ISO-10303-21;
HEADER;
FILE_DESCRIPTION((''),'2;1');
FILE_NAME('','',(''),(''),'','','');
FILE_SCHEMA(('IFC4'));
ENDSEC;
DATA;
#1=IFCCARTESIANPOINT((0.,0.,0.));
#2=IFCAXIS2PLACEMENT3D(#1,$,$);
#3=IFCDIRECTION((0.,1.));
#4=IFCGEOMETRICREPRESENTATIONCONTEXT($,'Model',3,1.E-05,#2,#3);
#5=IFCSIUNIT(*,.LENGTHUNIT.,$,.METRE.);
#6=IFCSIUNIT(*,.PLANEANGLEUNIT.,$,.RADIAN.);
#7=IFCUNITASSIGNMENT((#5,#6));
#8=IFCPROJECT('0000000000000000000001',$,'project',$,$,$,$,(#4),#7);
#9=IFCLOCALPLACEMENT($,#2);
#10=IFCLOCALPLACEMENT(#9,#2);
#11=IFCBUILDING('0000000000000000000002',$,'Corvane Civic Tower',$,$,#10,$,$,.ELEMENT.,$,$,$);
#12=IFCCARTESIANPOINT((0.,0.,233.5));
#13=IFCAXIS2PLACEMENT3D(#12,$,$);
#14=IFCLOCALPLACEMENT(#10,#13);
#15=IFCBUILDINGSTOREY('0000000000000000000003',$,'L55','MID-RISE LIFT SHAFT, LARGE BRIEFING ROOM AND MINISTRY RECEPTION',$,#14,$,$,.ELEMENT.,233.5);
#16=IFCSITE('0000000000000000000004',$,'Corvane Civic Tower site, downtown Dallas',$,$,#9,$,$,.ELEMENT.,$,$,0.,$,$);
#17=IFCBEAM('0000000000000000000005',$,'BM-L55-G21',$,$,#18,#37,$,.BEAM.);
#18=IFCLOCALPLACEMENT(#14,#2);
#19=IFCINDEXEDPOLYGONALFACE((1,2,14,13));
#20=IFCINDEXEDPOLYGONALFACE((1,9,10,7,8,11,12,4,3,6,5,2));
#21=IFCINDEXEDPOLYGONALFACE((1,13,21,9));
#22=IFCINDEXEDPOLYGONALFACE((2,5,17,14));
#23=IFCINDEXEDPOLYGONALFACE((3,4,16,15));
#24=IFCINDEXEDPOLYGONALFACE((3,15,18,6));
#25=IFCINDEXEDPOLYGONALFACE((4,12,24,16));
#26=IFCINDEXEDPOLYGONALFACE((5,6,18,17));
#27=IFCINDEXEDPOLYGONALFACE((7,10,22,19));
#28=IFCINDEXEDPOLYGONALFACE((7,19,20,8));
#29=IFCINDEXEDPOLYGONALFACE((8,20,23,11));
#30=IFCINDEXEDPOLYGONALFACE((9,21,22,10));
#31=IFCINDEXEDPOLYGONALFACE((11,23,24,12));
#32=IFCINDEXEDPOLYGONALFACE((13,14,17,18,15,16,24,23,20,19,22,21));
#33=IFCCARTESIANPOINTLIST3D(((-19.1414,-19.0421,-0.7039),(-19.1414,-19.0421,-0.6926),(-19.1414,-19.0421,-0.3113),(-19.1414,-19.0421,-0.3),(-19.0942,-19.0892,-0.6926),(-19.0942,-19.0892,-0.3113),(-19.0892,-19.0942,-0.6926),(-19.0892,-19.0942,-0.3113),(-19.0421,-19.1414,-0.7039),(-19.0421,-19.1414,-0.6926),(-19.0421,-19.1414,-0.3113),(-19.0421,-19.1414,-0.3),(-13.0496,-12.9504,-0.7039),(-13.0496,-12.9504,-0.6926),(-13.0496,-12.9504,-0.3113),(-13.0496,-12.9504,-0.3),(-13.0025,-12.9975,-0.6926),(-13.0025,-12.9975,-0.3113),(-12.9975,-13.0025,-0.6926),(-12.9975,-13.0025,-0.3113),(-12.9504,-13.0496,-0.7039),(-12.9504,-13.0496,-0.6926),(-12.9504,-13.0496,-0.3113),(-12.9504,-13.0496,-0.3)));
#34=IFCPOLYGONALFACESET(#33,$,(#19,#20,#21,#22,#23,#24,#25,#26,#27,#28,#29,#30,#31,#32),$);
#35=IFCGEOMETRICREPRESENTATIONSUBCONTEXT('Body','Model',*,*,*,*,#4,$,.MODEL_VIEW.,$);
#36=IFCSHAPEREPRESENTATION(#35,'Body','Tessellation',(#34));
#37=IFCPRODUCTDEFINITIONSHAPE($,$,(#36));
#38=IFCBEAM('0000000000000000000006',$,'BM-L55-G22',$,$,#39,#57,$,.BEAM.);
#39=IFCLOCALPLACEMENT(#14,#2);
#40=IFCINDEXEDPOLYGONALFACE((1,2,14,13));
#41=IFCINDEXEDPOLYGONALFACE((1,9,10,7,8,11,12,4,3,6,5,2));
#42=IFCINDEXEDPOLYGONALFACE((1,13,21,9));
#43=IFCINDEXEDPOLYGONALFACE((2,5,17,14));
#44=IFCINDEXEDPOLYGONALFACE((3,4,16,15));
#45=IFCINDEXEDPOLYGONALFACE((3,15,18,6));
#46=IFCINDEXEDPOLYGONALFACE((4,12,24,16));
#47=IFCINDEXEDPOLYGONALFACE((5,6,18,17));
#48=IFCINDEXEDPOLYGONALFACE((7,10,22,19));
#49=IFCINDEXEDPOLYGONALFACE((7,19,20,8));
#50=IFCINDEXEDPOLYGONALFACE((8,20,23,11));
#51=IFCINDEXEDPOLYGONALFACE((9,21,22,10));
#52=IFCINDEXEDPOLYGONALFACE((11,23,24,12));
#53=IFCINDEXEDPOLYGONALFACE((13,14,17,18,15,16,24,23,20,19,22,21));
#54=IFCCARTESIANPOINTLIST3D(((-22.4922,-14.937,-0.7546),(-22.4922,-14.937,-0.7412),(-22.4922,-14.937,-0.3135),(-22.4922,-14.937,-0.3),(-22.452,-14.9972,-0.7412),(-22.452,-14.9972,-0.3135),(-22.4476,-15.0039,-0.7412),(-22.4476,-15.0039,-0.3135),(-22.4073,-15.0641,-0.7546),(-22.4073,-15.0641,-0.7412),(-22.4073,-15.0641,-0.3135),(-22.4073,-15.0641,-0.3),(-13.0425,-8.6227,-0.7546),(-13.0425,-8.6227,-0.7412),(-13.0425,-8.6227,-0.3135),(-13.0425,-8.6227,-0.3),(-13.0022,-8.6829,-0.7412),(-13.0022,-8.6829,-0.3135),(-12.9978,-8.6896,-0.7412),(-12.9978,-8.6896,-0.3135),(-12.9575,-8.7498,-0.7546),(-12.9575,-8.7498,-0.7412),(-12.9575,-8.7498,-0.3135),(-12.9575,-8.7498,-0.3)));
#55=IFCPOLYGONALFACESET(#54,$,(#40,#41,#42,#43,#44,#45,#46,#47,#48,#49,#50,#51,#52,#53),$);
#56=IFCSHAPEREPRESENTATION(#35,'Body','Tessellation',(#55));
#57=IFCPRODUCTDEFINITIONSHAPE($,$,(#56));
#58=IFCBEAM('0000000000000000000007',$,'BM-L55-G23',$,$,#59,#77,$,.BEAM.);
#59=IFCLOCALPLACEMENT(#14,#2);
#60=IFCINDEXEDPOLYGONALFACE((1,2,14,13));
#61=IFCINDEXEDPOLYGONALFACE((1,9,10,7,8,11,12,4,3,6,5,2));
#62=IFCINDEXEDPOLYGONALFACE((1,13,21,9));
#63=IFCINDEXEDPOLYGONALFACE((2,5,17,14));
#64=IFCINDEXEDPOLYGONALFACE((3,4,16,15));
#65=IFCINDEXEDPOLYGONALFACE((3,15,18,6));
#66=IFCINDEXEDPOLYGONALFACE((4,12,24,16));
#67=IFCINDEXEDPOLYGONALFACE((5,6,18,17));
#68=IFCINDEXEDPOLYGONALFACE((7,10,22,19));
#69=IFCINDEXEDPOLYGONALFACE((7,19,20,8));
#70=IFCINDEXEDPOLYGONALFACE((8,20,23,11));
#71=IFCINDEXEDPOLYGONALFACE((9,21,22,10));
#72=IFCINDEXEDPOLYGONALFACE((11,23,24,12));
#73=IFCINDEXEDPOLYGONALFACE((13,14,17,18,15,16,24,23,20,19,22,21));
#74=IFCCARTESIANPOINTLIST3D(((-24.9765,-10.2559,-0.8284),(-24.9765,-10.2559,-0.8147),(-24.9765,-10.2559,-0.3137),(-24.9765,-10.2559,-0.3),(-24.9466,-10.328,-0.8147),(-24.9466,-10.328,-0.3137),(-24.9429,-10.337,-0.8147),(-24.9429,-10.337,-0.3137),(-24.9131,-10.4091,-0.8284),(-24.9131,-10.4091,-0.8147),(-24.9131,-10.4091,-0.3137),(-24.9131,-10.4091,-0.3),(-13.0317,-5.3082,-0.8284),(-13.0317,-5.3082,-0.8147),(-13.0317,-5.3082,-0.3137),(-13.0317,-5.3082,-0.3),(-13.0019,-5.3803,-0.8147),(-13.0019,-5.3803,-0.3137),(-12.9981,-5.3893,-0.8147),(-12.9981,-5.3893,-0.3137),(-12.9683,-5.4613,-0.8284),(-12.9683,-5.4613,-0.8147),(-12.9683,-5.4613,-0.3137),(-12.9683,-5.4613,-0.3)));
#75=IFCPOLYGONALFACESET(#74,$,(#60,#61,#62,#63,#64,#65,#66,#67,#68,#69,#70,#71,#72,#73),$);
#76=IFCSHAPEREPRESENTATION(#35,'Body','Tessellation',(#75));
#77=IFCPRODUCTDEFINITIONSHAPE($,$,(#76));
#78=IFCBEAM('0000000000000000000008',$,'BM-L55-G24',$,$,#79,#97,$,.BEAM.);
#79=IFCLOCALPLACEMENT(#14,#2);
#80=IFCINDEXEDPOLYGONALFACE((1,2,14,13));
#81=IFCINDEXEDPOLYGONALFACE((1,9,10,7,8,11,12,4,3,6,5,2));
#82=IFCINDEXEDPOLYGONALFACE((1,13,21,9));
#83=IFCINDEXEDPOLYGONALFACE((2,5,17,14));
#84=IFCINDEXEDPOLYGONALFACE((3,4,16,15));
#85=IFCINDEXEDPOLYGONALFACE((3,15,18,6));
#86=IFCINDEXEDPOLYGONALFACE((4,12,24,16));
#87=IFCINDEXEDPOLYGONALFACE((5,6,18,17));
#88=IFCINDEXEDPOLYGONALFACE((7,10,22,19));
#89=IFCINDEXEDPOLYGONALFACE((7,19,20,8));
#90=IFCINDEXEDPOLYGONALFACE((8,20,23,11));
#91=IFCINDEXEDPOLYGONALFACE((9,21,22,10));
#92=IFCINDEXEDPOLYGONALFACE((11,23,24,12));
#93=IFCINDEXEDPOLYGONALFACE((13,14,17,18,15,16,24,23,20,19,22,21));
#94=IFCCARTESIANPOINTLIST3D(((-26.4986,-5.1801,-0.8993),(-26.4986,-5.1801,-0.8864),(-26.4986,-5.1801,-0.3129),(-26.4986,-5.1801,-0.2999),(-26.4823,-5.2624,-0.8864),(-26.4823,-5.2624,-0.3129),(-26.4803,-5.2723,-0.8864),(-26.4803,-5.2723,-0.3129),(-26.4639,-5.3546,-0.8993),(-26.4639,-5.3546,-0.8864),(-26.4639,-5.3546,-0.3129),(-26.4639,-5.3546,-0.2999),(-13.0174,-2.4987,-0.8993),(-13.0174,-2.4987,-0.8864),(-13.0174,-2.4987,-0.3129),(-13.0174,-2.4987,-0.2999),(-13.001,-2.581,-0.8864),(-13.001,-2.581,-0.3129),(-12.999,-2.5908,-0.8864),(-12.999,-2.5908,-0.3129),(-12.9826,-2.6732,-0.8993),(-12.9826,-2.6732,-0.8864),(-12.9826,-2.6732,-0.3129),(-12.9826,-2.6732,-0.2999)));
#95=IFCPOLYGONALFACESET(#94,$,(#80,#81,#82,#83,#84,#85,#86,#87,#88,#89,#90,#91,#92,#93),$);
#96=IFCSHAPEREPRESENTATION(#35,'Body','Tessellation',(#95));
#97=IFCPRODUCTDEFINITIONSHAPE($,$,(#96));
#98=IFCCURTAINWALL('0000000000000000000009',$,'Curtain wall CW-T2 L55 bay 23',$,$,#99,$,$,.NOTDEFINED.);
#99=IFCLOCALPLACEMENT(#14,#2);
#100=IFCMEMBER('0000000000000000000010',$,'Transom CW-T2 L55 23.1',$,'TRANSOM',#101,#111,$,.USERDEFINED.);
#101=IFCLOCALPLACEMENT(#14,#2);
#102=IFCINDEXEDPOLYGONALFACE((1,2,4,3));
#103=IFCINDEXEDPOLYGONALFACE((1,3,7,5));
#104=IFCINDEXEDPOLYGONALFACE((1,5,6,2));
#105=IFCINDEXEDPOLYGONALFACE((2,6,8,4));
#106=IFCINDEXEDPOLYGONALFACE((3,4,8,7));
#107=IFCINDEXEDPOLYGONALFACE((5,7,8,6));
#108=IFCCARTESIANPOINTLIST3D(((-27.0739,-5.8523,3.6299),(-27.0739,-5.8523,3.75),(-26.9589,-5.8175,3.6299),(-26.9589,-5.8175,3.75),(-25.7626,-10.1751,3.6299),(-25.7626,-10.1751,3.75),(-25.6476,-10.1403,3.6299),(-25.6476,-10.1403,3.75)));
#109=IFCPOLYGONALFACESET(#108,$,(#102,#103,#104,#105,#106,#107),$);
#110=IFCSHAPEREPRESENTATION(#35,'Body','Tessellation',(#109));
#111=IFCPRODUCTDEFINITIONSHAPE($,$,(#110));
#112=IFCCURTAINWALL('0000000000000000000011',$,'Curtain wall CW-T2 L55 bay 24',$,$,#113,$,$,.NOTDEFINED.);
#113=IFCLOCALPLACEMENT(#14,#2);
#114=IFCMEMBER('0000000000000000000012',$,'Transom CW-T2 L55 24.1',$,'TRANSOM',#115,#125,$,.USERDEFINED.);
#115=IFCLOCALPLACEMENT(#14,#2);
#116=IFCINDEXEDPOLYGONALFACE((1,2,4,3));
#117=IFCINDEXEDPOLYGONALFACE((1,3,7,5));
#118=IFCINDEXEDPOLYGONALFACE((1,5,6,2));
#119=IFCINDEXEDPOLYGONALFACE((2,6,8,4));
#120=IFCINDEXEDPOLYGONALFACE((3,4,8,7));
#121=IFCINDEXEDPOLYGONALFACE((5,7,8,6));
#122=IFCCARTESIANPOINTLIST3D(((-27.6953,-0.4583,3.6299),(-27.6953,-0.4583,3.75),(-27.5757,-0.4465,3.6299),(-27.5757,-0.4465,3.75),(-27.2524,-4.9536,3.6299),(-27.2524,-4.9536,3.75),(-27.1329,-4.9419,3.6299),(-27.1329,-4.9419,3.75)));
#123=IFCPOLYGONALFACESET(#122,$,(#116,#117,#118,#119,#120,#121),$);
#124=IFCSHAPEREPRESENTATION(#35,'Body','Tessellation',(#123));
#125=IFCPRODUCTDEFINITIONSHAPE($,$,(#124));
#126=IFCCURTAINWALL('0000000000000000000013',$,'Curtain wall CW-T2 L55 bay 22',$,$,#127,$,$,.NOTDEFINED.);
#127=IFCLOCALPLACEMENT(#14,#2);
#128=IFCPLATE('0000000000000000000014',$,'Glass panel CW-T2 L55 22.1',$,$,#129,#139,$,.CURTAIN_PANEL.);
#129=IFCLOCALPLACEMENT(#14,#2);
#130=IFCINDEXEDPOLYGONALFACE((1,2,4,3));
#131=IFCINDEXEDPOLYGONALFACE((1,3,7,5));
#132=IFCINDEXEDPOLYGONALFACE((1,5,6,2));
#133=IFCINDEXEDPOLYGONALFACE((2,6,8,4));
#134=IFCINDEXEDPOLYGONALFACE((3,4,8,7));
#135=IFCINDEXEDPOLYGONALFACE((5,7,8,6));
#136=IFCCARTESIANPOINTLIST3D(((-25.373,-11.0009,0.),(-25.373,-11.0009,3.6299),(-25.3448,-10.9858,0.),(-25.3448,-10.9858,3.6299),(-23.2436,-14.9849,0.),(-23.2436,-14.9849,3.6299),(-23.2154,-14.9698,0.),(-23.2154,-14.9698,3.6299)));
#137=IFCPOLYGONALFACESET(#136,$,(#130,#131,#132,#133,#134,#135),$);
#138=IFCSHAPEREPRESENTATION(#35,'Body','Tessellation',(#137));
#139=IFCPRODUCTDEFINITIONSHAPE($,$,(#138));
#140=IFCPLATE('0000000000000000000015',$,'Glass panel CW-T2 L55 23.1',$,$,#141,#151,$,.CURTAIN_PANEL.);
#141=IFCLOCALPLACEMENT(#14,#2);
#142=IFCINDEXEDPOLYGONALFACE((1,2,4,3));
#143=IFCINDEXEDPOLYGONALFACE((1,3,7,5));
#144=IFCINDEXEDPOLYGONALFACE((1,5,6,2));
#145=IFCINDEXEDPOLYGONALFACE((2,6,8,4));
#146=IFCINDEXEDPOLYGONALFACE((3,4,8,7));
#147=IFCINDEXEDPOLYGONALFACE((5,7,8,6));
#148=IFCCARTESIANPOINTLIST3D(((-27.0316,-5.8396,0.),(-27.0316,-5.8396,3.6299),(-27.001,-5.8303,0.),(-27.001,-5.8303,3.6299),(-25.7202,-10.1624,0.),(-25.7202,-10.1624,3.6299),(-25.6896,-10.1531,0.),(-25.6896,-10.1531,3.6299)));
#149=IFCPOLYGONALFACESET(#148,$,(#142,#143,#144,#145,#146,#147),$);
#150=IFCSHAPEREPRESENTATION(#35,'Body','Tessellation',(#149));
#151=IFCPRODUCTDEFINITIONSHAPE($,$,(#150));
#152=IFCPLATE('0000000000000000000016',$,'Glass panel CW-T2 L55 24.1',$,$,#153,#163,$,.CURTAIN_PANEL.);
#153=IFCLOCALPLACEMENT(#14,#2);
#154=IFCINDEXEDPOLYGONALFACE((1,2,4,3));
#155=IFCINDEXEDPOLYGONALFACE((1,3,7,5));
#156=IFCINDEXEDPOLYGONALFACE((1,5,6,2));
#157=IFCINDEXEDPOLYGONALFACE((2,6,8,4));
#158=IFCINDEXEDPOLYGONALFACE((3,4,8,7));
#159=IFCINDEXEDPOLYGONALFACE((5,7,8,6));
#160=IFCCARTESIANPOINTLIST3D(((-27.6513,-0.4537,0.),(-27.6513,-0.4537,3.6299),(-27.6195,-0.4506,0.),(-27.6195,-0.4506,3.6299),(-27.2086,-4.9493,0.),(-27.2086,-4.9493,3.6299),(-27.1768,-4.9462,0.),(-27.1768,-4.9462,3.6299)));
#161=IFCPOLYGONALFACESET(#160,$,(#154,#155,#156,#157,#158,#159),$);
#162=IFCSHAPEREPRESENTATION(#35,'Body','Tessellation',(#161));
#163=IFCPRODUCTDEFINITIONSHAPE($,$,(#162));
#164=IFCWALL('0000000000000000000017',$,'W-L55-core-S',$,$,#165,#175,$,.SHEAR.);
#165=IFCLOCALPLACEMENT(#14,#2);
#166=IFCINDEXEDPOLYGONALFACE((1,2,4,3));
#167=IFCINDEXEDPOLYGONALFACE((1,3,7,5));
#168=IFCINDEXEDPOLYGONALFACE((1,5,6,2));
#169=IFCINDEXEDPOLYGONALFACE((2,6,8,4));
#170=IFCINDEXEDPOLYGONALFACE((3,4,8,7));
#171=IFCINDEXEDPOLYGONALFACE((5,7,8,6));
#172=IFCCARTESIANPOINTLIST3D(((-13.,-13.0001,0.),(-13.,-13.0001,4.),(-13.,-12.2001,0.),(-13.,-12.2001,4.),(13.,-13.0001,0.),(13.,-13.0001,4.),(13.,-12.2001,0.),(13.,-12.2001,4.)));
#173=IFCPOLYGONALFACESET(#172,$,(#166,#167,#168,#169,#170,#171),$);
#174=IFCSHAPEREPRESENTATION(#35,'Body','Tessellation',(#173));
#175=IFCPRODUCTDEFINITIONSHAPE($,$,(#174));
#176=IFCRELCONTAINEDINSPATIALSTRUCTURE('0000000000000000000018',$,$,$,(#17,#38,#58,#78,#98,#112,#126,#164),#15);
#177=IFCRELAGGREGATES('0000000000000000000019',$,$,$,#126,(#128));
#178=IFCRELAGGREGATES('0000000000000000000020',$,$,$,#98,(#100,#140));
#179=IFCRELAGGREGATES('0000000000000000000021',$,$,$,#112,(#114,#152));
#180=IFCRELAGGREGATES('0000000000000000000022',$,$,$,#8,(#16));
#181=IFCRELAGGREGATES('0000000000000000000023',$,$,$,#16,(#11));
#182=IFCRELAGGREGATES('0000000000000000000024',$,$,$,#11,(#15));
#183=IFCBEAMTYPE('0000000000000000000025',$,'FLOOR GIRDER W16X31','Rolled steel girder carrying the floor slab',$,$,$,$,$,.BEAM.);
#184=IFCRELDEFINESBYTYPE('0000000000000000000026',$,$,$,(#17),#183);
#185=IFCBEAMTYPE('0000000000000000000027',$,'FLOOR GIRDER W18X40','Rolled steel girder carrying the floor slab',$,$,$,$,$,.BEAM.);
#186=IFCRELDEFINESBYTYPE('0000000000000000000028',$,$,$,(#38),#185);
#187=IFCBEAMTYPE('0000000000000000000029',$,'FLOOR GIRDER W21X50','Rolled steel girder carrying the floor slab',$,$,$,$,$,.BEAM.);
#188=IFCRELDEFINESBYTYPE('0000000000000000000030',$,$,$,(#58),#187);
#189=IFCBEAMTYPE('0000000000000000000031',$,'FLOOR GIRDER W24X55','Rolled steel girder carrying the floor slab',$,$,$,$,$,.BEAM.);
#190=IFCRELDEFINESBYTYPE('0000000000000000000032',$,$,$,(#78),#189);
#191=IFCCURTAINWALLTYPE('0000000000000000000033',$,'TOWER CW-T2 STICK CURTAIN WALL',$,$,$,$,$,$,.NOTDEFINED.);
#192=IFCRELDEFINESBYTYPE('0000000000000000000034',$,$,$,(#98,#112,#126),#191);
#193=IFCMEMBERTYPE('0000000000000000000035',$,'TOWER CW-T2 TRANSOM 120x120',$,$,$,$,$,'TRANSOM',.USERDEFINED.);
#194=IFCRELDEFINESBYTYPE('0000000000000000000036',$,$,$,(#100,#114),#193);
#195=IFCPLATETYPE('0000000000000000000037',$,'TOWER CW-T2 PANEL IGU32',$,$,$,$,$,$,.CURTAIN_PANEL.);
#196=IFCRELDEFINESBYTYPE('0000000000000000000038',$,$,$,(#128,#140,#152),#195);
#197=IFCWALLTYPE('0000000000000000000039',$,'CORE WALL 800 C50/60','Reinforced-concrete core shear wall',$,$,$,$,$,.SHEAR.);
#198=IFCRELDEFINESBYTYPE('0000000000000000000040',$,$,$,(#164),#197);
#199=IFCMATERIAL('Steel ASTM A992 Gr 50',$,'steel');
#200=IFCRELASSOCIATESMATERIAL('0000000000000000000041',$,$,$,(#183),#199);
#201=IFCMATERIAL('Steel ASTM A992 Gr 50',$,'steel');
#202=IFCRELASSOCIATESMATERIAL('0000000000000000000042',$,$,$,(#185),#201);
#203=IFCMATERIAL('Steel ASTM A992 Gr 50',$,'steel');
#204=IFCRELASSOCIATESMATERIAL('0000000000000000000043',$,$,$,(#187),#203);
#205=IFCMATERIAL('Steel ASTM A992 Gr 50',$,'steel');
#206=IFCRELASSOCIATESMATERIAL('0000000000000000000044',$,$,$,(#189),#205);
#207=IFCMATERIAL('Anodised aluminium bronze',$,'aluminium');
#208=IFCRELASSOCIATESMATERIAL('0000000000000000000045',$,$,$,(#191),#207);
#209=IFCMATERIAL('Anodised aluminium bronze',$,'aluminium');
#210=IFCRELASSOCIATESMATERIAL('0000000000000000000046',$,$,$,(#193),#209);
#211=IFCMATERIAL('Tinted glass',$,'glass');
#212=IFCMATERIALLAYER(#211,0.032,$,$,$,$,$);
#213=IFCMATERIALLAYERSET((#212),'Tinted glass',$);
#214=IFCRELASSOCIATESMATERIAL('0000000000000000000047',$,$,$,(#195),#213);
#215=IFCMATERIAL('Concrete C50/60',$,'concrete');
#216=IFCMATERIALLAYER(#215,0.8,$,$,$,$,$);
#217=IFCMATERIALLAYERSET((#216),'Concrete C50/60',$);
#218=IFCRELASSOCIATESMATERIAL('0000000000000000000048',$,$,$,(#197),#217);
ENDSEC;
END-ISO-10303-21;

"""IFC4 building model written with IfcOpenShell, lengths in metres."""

from ifc_helpers import new_model, si_unit, direction, frame, frame_2d, origin, origin_2d, place, context, subcontext, project, spatial, rectangle, i_section, extrude, material, layer, layer_set, material_profile, profile_set, type_object, element, aggregate, save


model = new_model("IFC4")

# Units and contexts
model_context = context("Model", 3, precision=1e-05, world=origin(), true_north=direction((0.0, 1.0)))
body_context = subcontext(model_context, "Body", "Model", "MODEL_VIEW")
ifc_project = project(units=[si_unit("LENGTHUNIT", "METRE"), si_unit("PLANEANGLEUNIT", "RADIAN")], contexts=[model_context])

# Site, building, storey
site_placement = place(None, origin())
site = spatial("IfcSite", under=ifc_project, at=site_placement, Name="Corvane Civic Tower site, downtown Dallas", CompositionType="ELEMENT", RefElevation=0.0)
building_placement = place(site_placement, origin())
building = spatial("IfcBuilding", under=site, at=building_placement, Name="Corvane Civic Tower", CompositionType="ELEMENT")
storey_placement = place(building_placement, frame((0.0, 0.0, 233.5)))
storey = spatial("IfcBuildingStorey", under=building, at=storey_placement, Name="L55", Description="MID-RISE LIFT SHAFT, LARGE BRIEFING ROOM AND MINISTRY RECEPTION", CompositionType="ELEMENT", Elevation=233.5)

# Beams
ifc_material_1 = material(Name="Steel ASTM A992 Gr 50", Category="steel")
ifc_material_profile_1 = material_profile(ifc_material_1, i_section(OverallWidth=0.1404, OverallDepth=0.4038, WebThickness=0.0071, FlangeThickness=0.0112, at=origin_2d()), Name="W16X31")
ifc_profile_set_1 = profile_set([ifc_material_profile_1], Name="Steel ASTM A992 Gr 50")
beam_type_1 = type_object("IfcBeamType", Name="FLOOR GIRDER W16X31", Description="Rolled steel girder carrying the floor slab", PredefinedType="BEAM", material=ifc_profile_set_1)
beam_1_placement = place(storey_placement, frame((-13.0, -13.0, -0.502), z_axis=(-0.707107, -0.707107, 0.0), x_axis=(0.707107, -0.707107, 0.0)))
element("IfcBeam", 1, at=beam_1_placement, inside=storey, type_object=beam_type_1, Name="BM-L55-G21", PredefinedType="BEAM", context=body_context, shape_type="SweptSolid", body=[
    extrude(i_section(OverallWidth=0.1404, OverallDepth=0.4038, WebThickness=0.0071, FlangeThickness=0.0112, at=origin_2d()), origin(), (0.0, 0.0, 1.0), 8.615),
])
ifc_material_2 = material(Name="Steel ASTM A992 Gr 50", Category="steel")
ifc_material_profile_2 = material_profile(ifc_material_2, i_section(OverallWidth=0.1528, OverallDepth=0.4546, WebThickness=0.0081, FlangeThickness=0.0134, at=origin_2d()), Name="W18X40")
ifc_profile_set_2 = profile_set([ifc_material_profile_2], Name="Steel ASTM A992 Gr 50")
beam_type_2 = type_object("IfcBeamType", Name="FLOOR GIRDER W18X40", Description="Rolled steel girder carrying the floor slab", PredefinedType="BEAM", material=ifc_profile_set_2)
beam_2_placement = place(storey_placement, frame((-13.0, -8.6863, -0.5273), z_axis=(-0.831465, -0.555577, 0.0), x_axis=(0.555577, -0.831465, 0.0)))
element("IfcBeam", 2, at=beam_2_placement, inside=storey, type_object=beam_type_2, Name="BM-L55-G22", PredefinedType="BEAM", context=body_context, shape_type="SweptSolid", body=[
    extrude(i_section(OverallWidth=0.1528, OverallDepth=0.4546, WebThickness=0.0081, FlangeThickness=0.0134, at=origin_2d()), origin(), (0.0, 0.0, 1.0), 11.3652),
])
ifc_material_3 = material(Name="Steel ASTM A992 Gr 50", Category="steel")
ifc_material_profile_3 = material_profile(ifc_material_3, i_section(OverallWidth=0.1658, OverallDepth=0.5283, WebThickness=0.0098, FlangeThickness=0.0137, at=origin_2d()), Name="W21X50")
ifc_profile_set_3 = profile_set([ifc_material_profile_3], Name="Steel ASTM A992 Gr 50")
beam_type_3 = type_object("IfcBeamType", Name="FLOOR GIRDER W21X50", Description="Rolled steel girder carrying the floor slab", PredefinedType="BEAM", material=ifc_profile_set_3)
beam_3_placement = place(storey_placement, frame((-13.0, -5.3848, -0.5642), z_axis=(-0.923878, -0.382686, 0.0), x_axis=(0.382686, -0.923878, 0.0)))
element("IfcBeam", 3, at=beam_3_placement, inside=storey, type_object=beam_type_3, Name="BM-L55-G23", PredefinedType="BEAM", context=body_context, shape_type="SweptSolid", body=[
    extrude(i_section(OverallWidth=0.1658, OverallDepth=0.5283, WebThickness=0.0098, FlangeThickness=0.0137, at=origin_2d()), origin(), (0.0, 0.0, 1.0), 12.929),
])
ifc_material_4 = material(Name="Steel ASTM A992 Gr 50", Category="steel")
ifc_material_profile_4 = material_profile(ifc_material_4, i_section(OverallWidth=0.178, OverallDepth=0.5994, WebThickness=0.01, FlangeThickness=0.0129, at=origin_2d()), Name="W24X55")
ifc_profile_set_4 = profile_set([ifc_material_profile_4], Name="Steel ASTM A992 Gr 50")
beam_type_4 = type_object("IfcBeamType", Name="FLOOR GIRDER W24X55", Description="Rolled steel girder carrying the floor slab", PredefinedType="BEAM", material=ifc_profile_set_4)
beam_4_placement = place(storey_placement, frame((-13.0, -2.5859, -0.5996), z_axis=(-0.980788, -0.195078, 0.0), x_axis=(0.195078, -0.980788, 0.0)))
element("IfcBeam", 4, at=beam_4_placement, inside=storey, type_object=beam_type_4, Name="BM-L55-G24", PredefinedType="BEAM", context=body_context, shape_type="SweptSolid", body=[
    extrude(i_section(OverallWidth=0.178, OverallDepth=0.5994, WebThickness=0.01, FlangeThickness=0.0129, at=origin_2d()), origin(), (0.0, 0.0, 1.0), 13.7454),
])

# Curtain walls, members
ifc_material_5 = material(Name="Anodised aluminium bronze", Category="aluminium")
curtain_wall_type = type_object("IfcCurtainWallType", Name="TOWER CW-T2 STICK CURTAIN WALL", PredefinedType="NOTDEFINED", material=ifc_material_5)
curtain_wall_1_placement = place(storey_placement, origin())
curtain_wall_1 = element("IfcCurtainWall", 5, at=curtain_wall_1_placement, inside=storey, type_object=curtain_wall_type, Name="Curtain wall CW-T2 L55 bay 23", PredefinedType="NOTDEFINED")
ifc_material_6 = material(Name="Anodised aluminium bronze", Category="aluminium")
ifc_material_profile_5 = material_profile(ifc_material_6, rectangle(XDim=0.1201, YDim=0.1201, at=origin_2d()), Name="TOWER CW-T2 TRANSOM 120x120")
ifc_profile_set_5 = profile_set([ifc_material_profile_5], Name="Anodised aluminium bronze")
member_type = type_object("IfcMemberType", Name="TOWER CW-T2 TRANSOM 120x120", ElementType="TRANSOM", PredefinedType="USERDEFINED", material=ifc_profile_set_5)
member_1_placement = place(storey_placement, frame((-25.7051, -10.1577, 3.6899), z_axis=(-0.290282, 0.956941, 0.0), x_axis=(-0.956941, -0.290282, 0.0)))
member_1 = element("IfcMember", 6, at=member_1_placement, type_object=member_type, Name="Transom CW-T2 L55 23.1", ObjectType="TRANSOM", PredefinedType="USERDEFINED", context=body_context, shape_type="SweptSolid", body=[
    extrude(rectangle(XDim=0.1201, YDim=0.1201, at=origin_2d()), origin(), (0.0, 0.0, 1.0), 4.5173),
])
curtain_wall_2_placement = place(storey_placement, origin())
curtain_wall_2 = element("IfcCurtainWall", 7, at=curtain_wall_2_placement, inside=storey, type_object=curtain_wall_type, Name="Curtain wall CW-T2 L55 bay 24", PredefinedType="NOTDEFINED")
member_2_placement = place(storey_placement, frame((-27.1926, -4.9478, 3.6899), z_axis=(-0.098043, 0.995182, 0.0), x_axis=(-0.995182, -0.098043, 0.0)))
member_2 = element("IfcMember", 8, at=member_2_placement, type_object=member_type, Name="Transom CW-T2 L55 24.1", ObjectType="TRANSOM", PredefinedType="USERDEFINED", context=body_context, shape_type="SweptSolid", body=[
    extrude(rectangle(XDim=0.1201, YDim=0.1201, at=origin_2d()), origin(), (0.0, 0.0, 1.0), 4.5171),
])

# Curtain wall, plate
curtain_wall_3_placement = place(storey_placement, origin())
curtain_wall_3 = element("IfcCurtainWall", 9, at=curtain_wall_3_placement, inside=storey, type_object=curtain_wall_type, Name="Curtain wall CW-T2 L55 bay 22", PredefinedType="NOTDEFINED")
ifc_material_7 = material(Name="Tinted glass", Category="glass")
ifc_layer_1 = layer(ifc_material_7, 0.032)
ifc_layer_set_1 = layer_set([ifc_layer_1], Name="Tinted glass")
plate_type = type_object("IfcPlateType", Name="TOWER CW-T2 PANEL IGU32", PredefinedType="CURTAIN_PANEL", material=ifc_layer_set_1)
plate_1_placement = place(storey_placement, frame((-24.2942, -12.9854, 0.0), z_axis=(0.0, 0.0, 1.0), x_axis=(-0.471398, 0.88192, 0.0)))
plate_1 = element("IfcPlate", 10, at=plate_1_placement, type_object=plate_type, Name="Glass panel CW-T2 L55 22.1", PredefinedType="CURTAIN_PANEL", context=body_context, shape_type="SweptSolid", body=[
    extrude(rectangle(XDim=4.5173, YDim=0.032, at=origin_2d()), origin(), (0.0, 0.0, 1.0), 3.6299),
])
aggregate(curtain_wall_3, [plate_1])

# Plates
plate_2_placement = place(storey_placement, frame((-26.3606, -7.9963, 0.0), z_axis=(0.0, 0.0, 1.0), x_axis=(-0.29029, 0.956939, 0.0)))
plate_2 = element("IfcPlate", 11, at=plate_2_placement, type_object=plate_type, Name="Glass panel CW-T2 L55 23.1", PredefinedType="CURTAIN_PANEL", context=body_context, shape_type="SweptSolid", body=[
    extrude(rectangle(XDim=4.5173, YDim=0.032, at=origin_2d()), origin(), (0.0, 0.0, 1.0), 3.6299),
])
aggregate(curtain_wall_1, [member_1, plate_2])
plate_3_placement = place(storey_placement, frame((-27.4141, -2.7, 0.0), z_axis=(0.0, 0.0, 1.0), x_axis=(-0.097993, 0.995187, 0.0)))
plate_3 = element("IfcPlate", 12, at=plate_3_placement, type_object=plate_type, Name="Glass panel CW-T2 L55 24.1", PredefinedType="CURTAIN_PANEL", context=body_context, shape_type="SweptSolid", body=[
    extrude(rectangle(XDim=4.5173, YDim=0.032, at=origin_2d()), origin(), (0.0, 0.0, 1.0), 3.6299),
])
aggregate(curtain_wall_2, [member_2, plate_3])

# Wall
ifc_material_8 = material(Name="Concrete C50/60", Category="concrete")
ifc_layer_2 = layer(ifc_material_8, 0.8)
ifc_layer_set_2 = layer_set([ifc_layer_2], Name="Concrete C50/60")
wall_type_1 = type_object("IfcWallType", Name="CORE WALL 800 C50/60", Description="Reinforced-concrete core shear wall", PredefinedType="SHEAR", material=ifc_layer_set_2)
wall_1_placement = place(storey_placement, frame((-13.0, -12.6001, 0.0), z_axis=(0.0, 0.0, 1.0), x_axis=(1.0, 0.0, 0.0)))
element("IfcWall", 13, at=wall_1_placement, inside=storey, type_object=wall_type_1, Name="W-L55-core-S", PredefinedType="SHEAR", context=body_context, shape_type="SweptSolid", body=[
    extrude(rectangle(XDim=26.0, YDim=0.8, at=frame_2d((13.0, 0.0))), origin(), (0.0, 0.0, 1.0), 4.0),
])

save(model, "model.ifc")
